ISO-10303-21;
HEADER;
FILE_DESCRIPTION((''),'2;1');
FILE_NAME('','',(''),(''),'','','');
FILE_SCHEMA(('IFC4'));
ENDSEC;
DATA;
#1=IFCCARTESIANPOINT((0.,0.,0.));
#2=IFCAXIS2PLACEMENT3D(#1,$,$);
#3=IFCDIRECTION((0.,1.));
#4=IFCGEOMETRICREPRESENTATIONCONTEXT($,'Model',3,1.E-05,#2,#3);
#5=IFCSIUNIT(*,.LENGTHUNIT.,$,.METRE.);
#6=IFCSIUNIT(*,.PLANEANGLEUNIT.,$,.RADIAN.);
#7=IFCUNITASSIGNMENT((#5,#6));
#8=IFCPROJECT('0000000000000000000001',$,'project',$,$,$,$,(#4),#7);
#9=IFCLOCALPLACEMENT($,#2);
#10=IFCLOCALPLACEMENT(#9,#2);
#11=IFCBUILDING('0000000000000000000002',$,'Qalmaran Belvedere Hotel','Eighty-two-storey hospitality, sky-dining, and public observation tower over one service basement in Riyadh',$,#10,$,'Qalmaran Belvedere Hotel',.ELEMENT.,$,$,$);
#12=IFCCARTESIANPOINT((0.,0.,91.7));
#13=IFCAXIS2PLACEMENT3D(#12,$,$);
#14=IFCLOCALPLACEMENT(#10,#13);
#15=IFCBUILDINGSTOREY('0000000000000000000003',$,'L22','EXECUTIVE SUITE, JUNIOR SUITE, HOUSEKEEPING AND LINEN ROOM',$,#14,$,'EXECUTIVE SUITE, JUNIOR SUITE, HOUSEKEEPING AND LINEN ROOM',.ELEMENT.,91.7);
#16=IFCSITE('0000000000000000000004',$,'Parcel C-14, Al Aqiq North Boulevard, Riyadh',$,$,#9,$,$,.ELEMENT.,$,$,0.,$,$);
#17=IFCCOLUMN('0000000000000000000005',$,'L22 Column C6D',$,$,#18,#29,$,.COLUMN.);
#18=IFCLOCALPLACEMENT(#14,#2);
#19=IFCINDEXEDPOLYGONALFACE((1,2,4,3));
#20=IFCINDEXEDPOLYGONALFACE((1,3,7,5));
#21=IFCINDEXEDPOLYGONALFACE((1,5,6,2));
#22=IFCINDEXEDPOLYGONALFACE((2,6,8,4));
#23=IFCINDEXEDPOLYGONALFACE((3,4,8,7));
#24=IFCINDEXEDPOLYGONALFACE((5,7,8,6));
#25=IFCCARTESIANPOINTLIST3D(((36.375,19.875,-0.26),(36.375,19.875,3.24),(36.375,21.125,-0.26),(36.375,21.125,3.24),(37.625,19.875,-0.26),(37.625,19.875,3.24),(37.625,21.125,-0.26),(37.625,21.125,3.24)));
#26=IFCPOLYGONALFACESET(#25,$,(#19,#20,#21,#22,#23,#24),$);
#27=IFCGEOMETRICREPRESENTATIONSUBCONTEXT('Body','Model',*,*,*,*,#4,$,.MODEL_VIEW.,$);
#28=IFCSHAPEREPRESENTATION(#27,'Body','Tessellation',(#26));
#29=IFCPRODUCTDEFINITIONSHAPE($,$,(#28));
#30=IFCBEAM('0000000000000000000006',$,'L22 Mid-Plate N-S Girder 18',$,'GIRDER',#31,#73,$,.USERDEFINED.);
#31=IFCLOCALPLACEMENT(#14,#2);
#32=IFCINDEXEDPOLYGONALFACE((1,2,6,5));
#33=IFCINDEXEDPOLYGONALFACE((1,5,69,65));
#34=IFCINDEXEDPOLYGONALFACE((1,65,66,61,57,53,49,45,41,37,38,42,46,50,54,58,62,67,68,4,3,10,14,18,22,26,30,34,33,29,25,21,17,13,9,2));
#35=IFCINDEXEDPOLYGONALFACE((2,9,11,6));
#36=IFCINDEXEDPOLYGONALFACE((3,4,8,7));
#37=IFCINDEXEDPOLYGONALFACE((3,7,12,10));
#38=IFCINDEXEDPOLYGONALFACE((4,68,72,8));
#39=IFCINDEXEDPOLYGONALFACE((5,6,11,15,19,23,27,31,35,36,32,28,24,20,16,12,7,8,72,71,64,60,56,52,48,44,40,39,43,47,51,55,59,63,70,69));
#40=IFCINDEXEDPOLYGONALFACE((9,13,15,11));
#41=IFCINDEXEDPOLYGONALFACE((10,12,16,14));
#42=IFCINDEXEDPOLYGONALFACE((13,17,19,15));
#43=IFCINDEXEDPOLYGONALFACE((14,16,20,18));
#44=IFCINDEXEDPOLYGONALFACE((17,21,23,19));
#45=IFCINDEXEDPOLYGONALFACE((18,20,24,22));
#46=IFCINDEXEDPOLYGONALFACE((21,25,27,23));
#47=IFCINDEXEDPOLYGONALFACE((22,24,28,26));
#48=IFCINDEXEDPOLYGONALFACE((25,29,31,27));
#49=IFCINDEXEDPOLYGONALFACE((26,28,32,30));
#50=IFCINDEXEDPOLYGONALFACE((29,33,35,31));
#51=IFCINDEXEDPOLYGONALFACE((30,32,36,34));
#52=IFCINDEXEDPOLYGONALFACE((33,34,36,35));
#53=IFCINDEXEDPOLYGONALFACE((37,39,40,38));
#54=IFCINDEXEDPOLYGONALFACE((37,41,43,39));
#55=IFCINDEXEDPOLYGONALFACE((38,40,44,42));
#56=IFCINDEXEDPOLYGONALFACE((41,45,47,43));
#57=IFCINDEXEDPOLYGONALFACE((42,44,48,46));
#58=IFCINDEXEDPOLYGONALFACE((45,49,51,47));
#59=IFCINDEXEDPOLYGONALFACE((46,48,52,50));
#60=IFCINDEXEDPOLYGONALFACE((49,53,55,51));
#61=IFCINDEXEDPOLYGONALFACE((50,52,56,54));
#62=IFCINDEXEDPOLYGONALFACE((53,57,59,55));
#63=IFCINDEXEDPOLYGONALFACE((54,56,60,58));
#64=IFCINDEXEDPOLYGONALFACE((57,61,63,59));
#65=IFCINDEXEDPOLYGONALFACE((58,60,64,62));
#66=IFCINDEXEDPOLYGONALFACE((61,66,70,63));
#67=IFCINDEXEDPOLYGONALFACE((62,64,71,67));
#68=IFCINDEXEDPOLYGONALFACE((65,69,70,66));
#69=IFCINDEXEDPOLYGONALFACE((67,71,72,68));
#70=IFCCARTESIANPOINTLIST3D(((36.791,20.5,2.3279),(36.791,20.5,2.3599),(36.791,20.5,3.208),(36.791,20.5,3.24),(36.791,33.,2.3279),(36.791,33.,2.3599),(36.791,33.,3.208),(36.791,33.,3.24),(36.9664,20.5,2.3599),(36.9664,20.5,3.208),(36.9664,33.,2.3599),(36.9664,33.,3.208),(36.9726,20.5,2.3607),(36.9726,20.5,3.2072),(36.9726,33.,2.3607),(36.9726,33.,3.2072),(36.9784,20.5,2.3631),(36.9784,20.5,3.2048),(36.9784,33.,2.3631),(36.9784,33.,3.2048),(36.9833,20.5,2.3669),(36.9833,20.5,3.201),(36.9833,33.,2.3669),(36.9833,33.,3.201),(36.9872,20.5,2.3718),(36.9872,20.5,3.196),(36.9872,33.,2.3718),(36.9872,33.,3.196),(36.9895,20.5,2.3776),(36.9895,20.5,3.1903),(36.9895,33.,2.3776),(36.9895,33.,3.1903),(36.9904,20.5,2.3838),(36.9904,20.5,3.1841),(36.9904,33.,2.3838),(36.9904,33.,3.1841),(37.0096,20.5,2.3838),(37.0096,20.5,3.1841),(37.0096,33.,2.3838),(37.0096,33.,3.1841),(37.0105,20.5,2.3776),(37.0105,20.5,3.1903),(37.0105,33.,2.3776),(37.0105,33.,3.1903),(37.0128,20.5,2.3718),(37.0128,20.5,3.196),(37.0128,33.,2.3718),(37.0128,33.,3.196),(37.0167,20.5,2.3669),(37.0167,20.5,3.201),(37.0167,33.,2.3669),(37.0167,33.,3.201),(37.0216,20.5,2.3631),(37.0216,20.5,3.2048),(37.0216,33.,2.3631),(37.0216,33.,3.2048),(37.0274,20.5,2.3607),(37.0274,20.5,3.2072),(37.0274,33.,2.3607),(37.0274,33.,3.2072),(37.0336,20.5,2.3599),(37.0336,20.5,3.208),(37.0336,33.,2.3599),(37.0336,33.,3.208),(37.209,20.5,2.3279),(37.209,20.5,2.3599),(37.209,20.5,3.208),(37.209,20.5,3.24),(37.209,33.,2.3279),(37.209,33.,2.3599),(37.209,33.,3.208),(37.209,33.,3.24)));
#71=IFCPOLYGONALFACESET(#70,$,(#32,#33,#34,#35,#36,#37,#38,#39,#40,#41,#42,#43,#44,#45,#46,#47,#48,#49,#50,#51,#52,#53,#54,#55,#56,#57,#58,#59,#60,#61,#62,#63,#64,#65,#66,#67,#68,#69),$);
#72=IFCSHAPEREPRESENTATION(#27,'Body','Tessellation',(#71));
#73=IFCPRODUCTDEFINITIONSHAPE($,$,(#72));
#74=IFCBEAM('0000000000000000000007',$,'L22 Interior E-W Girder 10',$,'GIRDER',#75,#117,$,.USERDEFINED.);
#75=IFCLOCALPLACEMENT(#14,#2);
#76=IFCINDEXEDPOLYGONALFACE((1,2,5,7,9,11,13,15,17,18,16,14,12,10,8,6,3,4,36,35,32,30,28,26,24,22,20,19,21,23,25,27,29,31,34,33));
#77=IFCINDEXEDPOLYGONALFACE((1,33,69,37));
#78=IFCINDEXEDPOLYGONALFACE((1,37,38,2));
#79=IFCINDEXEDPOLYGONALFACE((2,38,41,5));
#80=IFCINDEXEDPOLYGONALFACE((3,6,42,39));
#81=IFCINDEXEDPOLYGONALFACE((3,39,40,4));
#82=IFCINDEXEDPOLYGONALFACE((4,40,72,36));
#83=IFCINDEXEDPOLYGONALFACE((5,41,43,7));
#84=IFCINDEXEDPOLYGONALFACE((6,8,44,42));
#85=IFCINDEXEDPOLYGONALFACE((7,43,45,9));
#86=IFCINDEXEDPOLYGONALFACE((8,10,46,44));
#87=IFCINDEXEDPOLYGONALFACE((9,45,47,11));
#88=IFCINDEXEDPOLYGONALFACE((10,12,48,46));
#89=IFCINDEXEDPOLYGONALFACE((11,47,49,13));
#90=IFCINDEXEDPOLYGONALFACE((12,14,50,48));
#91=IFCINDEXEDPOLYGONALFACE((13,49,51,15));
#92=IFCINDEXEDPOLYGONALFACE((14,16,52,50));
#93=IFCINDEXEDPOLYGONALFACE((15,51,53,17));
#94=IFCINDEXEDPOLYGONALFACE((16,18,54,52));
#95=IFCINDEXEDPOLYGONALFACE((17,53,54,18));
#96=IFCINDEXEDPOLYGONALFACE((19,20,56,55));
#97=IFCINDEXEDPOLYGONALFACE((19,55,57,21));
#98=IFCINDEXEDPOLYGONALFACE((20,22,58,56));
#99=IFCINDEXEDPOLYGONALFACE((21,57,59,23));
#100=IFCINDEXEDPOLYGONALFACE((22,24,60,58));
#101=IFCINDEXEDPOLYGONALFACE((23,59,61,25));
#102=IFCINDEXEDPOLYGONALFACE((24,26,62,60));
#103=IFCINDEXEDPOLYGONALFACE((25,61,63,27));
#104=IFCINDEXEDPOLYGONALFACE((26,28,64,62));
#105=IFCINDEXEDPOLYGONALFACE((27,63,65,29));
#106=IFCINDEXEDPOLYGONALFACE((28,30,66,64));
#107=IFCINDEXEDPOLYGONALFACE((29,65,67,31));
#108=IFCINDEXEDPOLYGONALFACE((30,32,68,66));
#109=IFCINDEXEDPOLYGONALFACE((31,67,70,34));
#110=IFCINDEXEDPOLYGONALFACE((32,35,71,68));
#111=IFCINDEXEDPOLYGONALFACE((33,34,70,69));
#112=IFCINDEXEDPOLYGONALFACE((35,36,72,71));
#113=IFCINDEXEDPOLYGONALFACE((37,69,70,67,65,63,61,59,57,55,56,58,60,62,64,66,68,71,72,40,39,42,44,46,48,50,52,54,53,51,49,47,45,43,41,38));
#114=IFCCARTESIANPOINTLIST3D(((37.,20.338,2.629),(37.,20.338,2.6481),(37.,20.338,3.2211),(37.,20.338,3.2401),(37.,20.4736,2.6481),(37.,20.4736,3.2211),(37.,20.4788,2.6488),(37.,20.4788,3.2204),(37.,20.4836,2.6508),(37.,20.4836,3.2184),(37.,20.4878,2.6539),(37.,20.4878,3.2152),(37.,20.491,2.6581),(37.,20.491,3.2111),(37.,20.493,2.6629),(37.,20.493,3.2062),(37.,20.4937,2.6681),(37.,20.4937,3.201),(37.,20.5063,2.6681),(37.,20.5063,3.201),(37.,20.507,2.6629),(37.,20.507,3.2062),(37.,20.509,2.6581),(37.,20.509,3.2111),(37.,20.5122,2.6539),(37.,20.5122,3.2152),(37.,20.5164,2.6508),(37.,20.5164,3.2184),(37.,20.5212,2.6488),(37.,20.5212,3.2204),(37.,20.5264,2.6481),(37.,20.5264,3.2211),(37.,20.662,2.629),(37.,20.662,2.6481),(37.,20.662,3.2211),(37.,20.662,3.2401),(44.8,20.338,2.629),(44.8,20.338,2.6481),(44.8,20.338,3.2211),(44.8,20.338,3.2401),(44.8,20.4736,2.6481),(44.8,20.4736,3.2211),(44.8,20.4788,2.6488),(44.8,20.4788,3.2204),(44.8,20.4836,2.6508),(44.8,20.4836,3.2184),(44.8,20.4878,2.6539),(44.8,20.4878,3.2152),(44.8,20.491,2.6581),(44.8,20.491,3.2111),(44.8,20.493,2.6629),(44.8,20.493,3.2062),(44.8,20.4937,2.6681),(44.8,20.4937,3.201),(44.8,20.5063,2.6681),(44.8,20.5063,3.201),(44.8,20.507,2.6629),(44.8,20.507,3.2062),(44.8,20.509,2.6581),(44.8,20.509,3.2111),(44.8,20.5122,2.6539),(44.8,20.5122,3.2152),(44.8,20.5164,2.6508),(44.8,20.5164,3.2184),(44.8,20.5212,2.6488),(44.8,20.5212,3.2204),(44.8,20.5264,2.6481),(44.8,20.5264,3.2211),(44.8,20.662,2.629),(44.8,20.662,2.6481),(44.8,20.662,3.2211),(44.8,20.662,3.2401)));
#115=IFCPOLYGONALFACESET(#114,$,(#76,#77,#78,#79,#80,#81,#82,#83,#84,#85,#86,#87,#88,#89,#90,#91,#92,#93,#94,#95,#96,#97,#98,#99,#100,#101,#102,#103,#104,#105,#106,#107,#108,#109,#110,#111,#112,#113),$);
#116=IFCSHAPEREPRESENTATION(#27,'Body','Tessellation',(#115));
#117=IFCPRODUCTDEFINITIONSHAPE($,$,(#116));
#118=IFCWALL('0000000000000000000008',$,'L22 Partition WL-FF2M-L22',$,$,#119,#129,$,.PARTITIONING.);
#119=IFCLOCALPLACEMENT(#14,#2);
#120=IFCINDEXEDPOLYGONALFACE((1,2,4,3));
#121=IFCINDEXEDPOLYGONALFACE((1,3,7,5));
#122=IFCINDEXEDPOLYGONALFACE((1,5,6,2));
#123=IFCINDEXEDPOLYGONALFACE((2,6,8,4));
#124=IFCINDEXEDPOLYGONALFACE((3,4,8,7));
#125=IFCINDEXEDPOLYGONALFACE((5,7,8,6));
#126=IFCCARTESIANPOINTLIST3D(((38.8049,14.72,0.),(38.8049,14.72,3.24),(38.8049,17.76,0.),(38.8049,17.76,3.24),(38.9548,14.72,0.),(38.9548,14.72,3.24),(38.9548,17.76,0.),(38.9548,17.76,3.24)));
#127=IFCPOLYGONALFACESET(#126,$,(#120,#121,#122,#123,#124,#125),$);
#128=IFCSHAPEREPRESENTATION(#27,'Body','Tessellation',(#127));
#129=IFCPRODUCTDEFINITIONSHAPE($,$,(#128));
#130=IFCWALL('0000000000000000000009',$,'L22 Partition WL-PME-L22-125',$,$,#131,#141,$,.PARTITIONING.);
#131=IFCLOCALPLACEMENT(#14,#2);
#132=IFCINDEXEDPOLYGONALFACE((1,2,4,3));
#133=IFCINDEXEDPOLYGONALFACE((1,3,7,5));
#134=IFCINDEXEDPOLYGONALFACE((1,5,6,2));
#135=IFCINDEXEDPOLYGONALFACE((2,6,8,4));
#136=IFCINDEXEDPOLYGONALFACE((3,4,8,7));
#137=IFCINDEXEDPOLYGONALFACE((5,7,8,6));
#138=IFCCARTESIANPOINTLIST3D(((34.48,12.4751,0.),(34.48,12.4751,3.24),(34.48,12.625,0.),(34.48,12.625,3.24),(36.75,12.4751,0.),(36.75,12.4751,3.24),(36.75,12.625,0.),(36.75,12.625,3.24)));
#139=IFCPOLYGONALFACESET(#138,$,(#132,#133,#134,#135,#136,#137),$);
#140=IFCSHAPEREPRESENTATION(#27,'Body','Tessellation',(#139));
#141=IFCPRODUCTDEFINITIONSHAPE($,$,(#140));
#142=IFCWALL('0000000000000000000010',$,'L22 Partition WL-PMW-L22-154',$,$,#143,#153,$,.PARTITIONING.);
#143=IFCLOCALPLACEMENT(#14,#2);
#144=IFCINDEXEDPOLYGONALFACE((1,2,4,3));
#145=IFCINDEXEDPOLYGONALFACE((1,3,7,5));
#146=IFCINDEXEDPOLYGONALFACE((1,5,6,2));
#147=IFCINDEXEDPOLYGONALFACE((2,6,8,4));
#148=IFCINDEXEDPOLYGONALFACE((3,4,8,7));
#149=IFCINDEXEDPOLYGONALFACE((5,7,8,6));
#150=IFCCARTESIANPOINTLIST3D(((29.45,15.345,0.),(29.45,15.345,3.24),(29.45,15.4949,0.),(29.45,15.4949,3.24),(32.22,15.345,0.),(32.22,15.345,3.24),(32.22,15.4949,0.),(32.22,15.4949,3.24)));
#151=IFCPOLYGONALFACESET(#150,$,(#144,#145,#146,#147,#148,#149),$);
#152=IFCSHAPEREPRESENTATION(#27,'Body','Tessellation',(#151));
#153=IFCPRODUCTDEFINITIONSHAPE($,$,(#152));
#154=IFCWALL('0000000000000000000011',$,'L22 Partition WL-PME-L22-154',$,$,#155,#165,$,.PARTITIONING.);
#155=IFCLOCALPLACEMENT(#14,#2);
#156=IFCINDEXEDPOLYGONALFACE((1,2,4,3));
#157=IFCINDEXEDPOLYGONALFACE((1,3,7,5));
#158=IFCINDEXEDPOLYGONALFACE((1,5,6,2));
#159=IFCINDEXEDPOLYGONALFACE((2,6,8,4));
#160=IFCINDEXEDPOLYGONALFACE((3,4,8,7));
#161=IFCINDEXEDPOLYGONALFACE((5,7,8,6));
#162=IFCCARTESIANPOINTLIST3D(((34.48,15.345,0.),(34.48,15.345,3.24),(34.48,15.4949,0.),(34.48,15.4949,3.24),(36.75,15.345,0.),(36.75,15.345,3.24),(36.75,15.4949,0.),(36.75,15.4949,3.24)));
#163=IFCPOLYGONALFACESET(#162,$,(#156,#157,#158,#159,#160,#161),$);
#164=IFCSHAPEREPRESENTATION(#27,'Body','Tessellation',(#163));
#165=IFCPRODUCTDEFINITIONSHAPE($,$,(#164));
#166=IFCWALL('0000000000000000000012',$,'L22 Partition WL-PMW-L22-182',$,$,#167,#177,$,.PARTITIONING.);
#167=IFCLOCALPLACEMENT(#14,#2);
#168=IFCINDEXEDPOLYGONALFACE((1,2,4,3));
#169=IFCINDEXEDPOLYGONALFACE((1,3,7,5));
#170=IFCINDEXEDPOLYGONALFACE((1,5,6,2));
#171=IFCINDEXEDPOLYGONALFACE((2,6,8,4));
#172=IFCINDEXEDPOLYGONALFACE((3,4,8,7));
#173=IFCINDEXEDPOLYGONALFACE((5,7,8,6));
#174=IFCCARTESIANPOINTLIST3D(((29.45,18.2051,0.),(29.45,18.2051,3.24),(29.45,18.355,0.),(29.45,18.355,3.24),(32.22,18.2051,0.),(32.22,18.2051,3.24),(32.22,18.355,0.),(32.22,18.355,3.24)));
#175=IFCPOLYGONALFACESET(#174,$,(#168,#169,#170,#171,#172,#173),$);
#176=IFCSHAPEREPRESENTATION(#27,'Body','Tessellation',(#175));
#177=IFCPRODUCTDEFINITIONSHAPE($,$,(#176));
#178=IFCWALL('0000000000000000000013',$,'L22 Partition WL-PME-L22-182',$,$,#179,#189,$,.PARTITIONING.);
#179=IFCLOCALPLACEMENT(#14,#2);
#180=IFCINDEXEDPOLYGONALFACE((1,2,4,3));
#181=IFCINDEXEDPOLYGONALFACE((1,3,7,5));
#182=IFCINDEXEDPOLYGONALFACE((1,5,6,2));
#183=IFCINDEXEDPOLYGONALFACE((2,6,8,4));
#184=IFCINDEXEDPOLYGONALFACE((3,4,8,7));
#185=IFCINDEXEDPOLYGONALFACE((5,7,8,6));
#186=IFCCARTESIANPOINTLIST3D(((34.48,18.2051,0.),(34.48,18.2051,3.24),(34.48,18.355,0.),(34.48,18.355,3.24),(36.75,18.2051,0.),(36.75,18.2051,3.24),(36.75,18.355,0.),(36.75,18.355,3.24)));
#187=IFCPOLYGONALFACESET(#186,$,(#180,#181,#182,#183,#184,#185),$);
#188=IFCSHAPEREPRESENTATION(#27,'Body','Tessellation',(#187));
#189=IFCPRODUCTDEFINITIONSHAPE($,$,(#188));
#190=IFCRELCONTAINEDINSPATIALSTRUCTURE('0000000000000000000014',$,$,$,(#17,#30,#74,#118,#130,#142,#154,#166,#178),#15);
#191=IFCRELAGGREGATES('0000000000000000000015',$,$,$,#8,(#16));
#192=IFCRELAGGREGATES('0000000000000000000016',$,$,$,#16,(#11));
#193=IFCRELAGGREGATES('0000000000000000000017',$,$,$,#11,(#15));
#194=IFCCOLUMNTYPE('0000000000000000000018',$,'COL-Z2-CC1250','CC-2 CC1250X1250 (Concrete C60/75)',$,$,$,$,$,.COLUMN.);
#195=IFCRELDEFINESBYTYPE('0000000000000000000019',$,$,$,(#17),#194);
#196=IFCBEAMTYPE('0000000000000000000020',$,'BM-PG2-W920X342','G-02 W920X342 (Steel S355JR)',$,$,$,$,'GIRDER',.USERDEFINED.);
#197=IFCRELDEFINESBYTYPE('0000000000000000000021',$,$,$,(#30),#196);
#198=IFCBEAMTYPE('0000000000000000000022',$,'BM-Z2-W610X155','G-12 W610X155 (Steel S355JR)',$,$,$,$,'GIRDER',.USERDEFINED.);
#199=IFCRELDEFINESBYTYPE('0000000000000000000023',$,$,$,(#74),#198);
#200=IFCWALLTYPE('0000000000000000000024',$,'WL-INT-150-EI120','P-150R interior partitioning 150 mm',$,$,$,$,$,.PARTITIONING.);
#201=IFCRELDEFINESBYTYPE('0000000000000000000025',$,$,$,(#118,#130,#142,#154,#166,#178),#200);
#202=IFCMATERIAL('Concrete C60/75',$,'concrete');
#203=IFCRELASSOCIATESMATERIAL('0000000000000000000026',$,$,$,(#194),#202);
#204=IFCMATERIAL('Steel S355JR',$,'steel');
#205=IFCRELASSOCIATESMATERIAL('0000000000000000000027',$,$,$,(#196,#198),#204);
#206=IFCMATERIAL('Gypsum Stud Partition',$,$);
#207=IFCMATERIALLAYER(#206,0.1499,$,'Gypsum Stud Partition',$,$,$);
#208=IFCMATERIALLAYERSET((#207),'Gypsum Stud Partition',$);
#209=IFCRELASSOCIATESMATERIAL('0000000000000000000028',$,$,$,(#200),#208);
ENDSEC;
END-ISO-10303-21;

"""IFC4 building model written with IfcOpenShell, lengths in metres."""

from ifc_helpers import new_model, si_unit, direction, frame, frame_2d, origin, origin_2d, place, context, subcontext, project, spatial, rectangle, i_section, extrude, material, layer, layer_set, material_profile, profile_set, type_object, element, save


model = new_model("IFC4")

# Units and contexts
model_context = context("Model", 3, precision=1e-05, world=origin(), true_north=direction((0.0, 1.0)))
body_context = subcontext(model_context, "Body", "Model", "MODEL_VIEW")
ifc_project = project(units=[si_unit("LENGTHUNIT", "METRE"), si_unit("PLANEANGLEUNIT", "RADIAN")], contexts=[model_context])

# Site, building, storey
site_placement = place(None, origin())
site = spatial("IfcSite", under=ifc_project, at=site_placement, Name="Parcel C-14, Al Aqiq North Boulevard, Riyadh", CompositionType="ELEMENT", RefElevation=0.0)
building_placement = place(site_placement, origin())
building = spatial("IfcBuilding", under=site, at=building_placement, Name="Qalmaran Belvedere Hotel", Description="Eighty-two-storey hospitality, sky-dining, and public observation tower over one service basement in Riyadh", LongName="Qalmaran Belvedere Hotel", CompositionType="ELEMENT")
storey_placement = place(building_placement, frame((0.0, 0.0, 91.7)))
storey = spatial("IfcBuildingStorey", under=building, at=storey_placement, Name="L22", Description="EXECUTIVE SUITE, JUNIOR SUITE, HOUSEKEEPING AND LINEN ROOM", LongName="EXECUTIVE SUITE, JUNIOR SUITE, HOUSEKEEPING AND LINEN ROOM", CompositionType="ELEMENT", Elevation=91.7)

# Column
ifc_material_1 = material(Name="Concrete C60/75", Category="concrete")
ifc_material_profile_1 = material_profile(ifc_material_1, rectangle(XDim=1.25, YDim=1.25, at=origin_2d()), Name="CC1250X1250")
ifc_profile_set_1 = profile_set([ifc_material_profile_1], Name="Concrete C60/75")
column_type = type_object("IfcColumnType", Name="COL-Z2-CC1250", Description="CC-2 CC1250X1250 (Concrete C60/75)", PredefinedType="COLUMN", material=ifc_profile_set_1)
column_placement = place(storey_placement, frame((37.0, 20.5, -0.26), z_axis=(0.0, 0.0, 1.0), x_axis=(1.0, 0.0, 0.0)))
element("IfcColumn", 1, at=column_placement, inside=storey, type_object=column_type, Name="L22 Column C6D", PredefinedType="COLUMN", context=body_context, shape_type="SweptSolid", body=[
    extrude(rectangle(XDim=1.25, YDim=1.25, at=origin_2d()), origin(), (0.0, 0.0, 1.0), 3.5),
])

# Beams
ifc_material_2 = material(Name="Steel S355JR", Category="steel")
ifc_material_profile_2 = material_profile(ifc_material_2, i_section(OverallWidth=0.418, OverallDepth=0.9121, WebThickness=0.0193, FlangeThickness=0.032, FilletRadius=0.0239, at=origin_2d()), Name="W920X342")
ifc_profile_set_2 = profile_set([ifc_material_profile_2], Name="Steel S355JR")
beam_type_1 = type_object("IfcBeamType", Name="BM-PG2-W920X342", Description="G-02 W920X342 (Steel S355JR)", ElementType="GIRDER", PredefinedType="USERDEFINED", material=ifc_profile_set_2)
beam_1_placement = place(storey_placement, frame((37.0, 20.5, 2.7839), z_axis=(0.0, 1.0, 0.0), x_axis=(-1.0, 0.0, 0.0)))
element("IfcBeam", 2, at=beam_1_placement, inside=storey, type_object=beam_type_1, Name="L22 Mid-Plate N-S Girder 18", ObjectType="GIRDER", PredefinedType="USERDEFINED", context=body_context, shape_type="SweptSolid", body=[
    extrude(i_section(OverallWidth=0.418, OverallDepth=0.9121, WebThickness=0.0193, FlangeThickness=0.032, FilletRadius=0.0239, at=origin_2d()), origin(), (0.0, 0.0, 1.0), 12.5),
])
ifc_material_profile_3 = material_profile(ifc_material_2, i_section(OverallWidth=0.324, OverallDepth=0.6111, WebThickness=0.0127, FlangeThickness=0.019, FilletRadius=0.02, at=origin_2d()), Name="W610X155")
ifc_profile_set_3 = profile_set([ifc_material_profile_3], Name="Steel S355JR")
beam_type_2 = type_object("IfcBeamType", Name="BM-Z2-W610X155", Description="G-12 W610X155 (Steel S355JR)", ElementType="GIRDER", PredefinedType="USERDEFINED", material=ifc_profile_set_3)
beam_2_placement = place(storey_placement, frame((37.0, 20.5, 2.9346), z_axis=(1.0, 0.0, 0.0), x_axis=(0.0, 1.0, 0.0)))
element("IfcBeam", 3, at=beam_2_placement, inside=storey, type_object=beam_type_2, Name="L22 Interior E-W Girder 10", ObjectType="GIRDER", PredefinedType="USERDEFINED", context=body_context, shape_type="SweptSolid", body=[
    extrude(i_section(OverallWidth=0.324, OverallDepth=0.6111, WebThickness=0.0127, FlangeThickness=0.019, FilletRadius=0.02, at=origin_2d()), origin(), (0.0, 0.0, 1.0), 7.8),
])

# Walls
ifc_material_3 = material(Name="Gypsum Stud Partition")
ifc_layer_1 = layer(ifc_material_3, 0.1499, Name="Gypsum Stud Partition")
ifc_layer_set_1 = layer_set([ifc_layer_1], Name="Gypsum Stud Partition")
wall_type_1 = type_object("IfcWallType", Name="WL-INT-150-EI120", Description="P-150R interior partitioning 150 mm", PredefinedType="PARTITIONING", material=ifc_layer_set_1)
wall_1_placement = place(storey_placement, frame((38.8799, 14.72, 0.0), z_axis=(0.0, 0.0, 1.0), x_axis=(0.0, 1.0, 0.0)))
element("IfcWall", 4, at=wall_1_placement, inside=storey, type_object=wall_type_1, Name="L22 Partition WL-FF2M-L22", PredefinedType="PARTITIONING", context=body_context, shape_type="SweptSolid", body=[
    extrude(rectangle(XDim=3.04, YDim=0.1499, at=frame_2d((1.52, 0.0))), origin(), (0.0, 0.0, 1.0), 3.24),
])
wall_2_placement = place(storey_placement, frame((34.48, 12.55, 0.0), z_axis=(0.0, 0.0, 1.0), x_axis=(1.0, 0.0, 0.0)))
element("IfcWall", 5, at=wall_2_placement, inside=storey, type_object=wall_type_1, Name="L22 Partition WL-PME-L22-125", PredefinedType="PARTITIONING", context=body_context, shape_type="SweptSolid", body=[
    extrude(rectangle(XDim=2.27, YDim=0.1499, at=frame_2d((1.135, 0.0))), origin(), (0.0, 0.0, 1.0), 3.24),
])
wall_3_placement = place(storey_placement, frame((29.45, 15.4199, 0.0), z_axis=(0.0, 0.0, 1.0), x_axis=(1.0, 0.0, 0.0)))
element("IfcWall", 6, at=wall_3_placement, inside=storey, type_object=wall_type_1, Name="L22 Partition WL-PMW-L22-154", PredefinedType="PARTITIONING", context=body_context, shape_type="SweptSolid", body=[
    extrude(rectangle(XDim=2.77, YDim=0.1499, at=frame_2d((1.385, 0.0))), origin(), (0.0, 0.0, 1.0), 3.24),
])
wall_4_placement = place(storey_placement, frame((34.48, 15.4199, 0.0), z_axis=(0.0, 0.0, 1.0), x_axis=(1.0, 0.0, 0.0)))
element("IfcWall", 7, at=wall_4_placement, inside=storey, type_object=wall_type_1, Name="L22 Partition WL-PME-L22-154", PredefinedType="PARTITIONING", context=body_context, shape_type="SweptSolid", body=[
    extrude(rectangle(XDim=2.27, YDim=0.1499, at=frame_2d((1.135, 0.0))), origin(), (0.0, 0.0, 1.0), 3.24),
])
wall_5_placement = place(storey_placement, frame((29.45, 18.28, 0.0), z_axis=(0.0, 0.0, 1.0), x_axis=(1.0, 0.0, 0.0)))
element("IfcWall", 8, at=wall_5_placement, inside=storey, type_object=wall_type_1, Name="L22 Partition WL-PMW-L22-182", PredefinedType="PARTITIONING", context=body_context, shape_type="SweptSolid", body=[
    extrude(rectangle(XDim=2.77, YDim=0.1499, at=frame_2d((1.385, 0.0))), origin(), (0.0, 0.0, 1.0), 3.24),
])
wall_6_placement = place(storey_placement, frame((34.48, 18.28, 0.0), z_axis=(0.0, 0.0, 1.0), x_axis=(1.0, 0.0, 0.0)))
element("IfcWall", 9, at=wall_6_placement, inside=storey, type_object=wall_type_1, Name="L22 Partition WL-PME-L22-182", PredefinedType="PARTITIONING", context=body_context, shape_type="SweptSolid", body=[
    extrude(rectangle(XDim=2.27, YDim=0.1499, at=frame_2d((1.135, 0.0))), origin(), (0.0, 0.0, 1.0), 3.24),
])

save(model, "model.ifc")
